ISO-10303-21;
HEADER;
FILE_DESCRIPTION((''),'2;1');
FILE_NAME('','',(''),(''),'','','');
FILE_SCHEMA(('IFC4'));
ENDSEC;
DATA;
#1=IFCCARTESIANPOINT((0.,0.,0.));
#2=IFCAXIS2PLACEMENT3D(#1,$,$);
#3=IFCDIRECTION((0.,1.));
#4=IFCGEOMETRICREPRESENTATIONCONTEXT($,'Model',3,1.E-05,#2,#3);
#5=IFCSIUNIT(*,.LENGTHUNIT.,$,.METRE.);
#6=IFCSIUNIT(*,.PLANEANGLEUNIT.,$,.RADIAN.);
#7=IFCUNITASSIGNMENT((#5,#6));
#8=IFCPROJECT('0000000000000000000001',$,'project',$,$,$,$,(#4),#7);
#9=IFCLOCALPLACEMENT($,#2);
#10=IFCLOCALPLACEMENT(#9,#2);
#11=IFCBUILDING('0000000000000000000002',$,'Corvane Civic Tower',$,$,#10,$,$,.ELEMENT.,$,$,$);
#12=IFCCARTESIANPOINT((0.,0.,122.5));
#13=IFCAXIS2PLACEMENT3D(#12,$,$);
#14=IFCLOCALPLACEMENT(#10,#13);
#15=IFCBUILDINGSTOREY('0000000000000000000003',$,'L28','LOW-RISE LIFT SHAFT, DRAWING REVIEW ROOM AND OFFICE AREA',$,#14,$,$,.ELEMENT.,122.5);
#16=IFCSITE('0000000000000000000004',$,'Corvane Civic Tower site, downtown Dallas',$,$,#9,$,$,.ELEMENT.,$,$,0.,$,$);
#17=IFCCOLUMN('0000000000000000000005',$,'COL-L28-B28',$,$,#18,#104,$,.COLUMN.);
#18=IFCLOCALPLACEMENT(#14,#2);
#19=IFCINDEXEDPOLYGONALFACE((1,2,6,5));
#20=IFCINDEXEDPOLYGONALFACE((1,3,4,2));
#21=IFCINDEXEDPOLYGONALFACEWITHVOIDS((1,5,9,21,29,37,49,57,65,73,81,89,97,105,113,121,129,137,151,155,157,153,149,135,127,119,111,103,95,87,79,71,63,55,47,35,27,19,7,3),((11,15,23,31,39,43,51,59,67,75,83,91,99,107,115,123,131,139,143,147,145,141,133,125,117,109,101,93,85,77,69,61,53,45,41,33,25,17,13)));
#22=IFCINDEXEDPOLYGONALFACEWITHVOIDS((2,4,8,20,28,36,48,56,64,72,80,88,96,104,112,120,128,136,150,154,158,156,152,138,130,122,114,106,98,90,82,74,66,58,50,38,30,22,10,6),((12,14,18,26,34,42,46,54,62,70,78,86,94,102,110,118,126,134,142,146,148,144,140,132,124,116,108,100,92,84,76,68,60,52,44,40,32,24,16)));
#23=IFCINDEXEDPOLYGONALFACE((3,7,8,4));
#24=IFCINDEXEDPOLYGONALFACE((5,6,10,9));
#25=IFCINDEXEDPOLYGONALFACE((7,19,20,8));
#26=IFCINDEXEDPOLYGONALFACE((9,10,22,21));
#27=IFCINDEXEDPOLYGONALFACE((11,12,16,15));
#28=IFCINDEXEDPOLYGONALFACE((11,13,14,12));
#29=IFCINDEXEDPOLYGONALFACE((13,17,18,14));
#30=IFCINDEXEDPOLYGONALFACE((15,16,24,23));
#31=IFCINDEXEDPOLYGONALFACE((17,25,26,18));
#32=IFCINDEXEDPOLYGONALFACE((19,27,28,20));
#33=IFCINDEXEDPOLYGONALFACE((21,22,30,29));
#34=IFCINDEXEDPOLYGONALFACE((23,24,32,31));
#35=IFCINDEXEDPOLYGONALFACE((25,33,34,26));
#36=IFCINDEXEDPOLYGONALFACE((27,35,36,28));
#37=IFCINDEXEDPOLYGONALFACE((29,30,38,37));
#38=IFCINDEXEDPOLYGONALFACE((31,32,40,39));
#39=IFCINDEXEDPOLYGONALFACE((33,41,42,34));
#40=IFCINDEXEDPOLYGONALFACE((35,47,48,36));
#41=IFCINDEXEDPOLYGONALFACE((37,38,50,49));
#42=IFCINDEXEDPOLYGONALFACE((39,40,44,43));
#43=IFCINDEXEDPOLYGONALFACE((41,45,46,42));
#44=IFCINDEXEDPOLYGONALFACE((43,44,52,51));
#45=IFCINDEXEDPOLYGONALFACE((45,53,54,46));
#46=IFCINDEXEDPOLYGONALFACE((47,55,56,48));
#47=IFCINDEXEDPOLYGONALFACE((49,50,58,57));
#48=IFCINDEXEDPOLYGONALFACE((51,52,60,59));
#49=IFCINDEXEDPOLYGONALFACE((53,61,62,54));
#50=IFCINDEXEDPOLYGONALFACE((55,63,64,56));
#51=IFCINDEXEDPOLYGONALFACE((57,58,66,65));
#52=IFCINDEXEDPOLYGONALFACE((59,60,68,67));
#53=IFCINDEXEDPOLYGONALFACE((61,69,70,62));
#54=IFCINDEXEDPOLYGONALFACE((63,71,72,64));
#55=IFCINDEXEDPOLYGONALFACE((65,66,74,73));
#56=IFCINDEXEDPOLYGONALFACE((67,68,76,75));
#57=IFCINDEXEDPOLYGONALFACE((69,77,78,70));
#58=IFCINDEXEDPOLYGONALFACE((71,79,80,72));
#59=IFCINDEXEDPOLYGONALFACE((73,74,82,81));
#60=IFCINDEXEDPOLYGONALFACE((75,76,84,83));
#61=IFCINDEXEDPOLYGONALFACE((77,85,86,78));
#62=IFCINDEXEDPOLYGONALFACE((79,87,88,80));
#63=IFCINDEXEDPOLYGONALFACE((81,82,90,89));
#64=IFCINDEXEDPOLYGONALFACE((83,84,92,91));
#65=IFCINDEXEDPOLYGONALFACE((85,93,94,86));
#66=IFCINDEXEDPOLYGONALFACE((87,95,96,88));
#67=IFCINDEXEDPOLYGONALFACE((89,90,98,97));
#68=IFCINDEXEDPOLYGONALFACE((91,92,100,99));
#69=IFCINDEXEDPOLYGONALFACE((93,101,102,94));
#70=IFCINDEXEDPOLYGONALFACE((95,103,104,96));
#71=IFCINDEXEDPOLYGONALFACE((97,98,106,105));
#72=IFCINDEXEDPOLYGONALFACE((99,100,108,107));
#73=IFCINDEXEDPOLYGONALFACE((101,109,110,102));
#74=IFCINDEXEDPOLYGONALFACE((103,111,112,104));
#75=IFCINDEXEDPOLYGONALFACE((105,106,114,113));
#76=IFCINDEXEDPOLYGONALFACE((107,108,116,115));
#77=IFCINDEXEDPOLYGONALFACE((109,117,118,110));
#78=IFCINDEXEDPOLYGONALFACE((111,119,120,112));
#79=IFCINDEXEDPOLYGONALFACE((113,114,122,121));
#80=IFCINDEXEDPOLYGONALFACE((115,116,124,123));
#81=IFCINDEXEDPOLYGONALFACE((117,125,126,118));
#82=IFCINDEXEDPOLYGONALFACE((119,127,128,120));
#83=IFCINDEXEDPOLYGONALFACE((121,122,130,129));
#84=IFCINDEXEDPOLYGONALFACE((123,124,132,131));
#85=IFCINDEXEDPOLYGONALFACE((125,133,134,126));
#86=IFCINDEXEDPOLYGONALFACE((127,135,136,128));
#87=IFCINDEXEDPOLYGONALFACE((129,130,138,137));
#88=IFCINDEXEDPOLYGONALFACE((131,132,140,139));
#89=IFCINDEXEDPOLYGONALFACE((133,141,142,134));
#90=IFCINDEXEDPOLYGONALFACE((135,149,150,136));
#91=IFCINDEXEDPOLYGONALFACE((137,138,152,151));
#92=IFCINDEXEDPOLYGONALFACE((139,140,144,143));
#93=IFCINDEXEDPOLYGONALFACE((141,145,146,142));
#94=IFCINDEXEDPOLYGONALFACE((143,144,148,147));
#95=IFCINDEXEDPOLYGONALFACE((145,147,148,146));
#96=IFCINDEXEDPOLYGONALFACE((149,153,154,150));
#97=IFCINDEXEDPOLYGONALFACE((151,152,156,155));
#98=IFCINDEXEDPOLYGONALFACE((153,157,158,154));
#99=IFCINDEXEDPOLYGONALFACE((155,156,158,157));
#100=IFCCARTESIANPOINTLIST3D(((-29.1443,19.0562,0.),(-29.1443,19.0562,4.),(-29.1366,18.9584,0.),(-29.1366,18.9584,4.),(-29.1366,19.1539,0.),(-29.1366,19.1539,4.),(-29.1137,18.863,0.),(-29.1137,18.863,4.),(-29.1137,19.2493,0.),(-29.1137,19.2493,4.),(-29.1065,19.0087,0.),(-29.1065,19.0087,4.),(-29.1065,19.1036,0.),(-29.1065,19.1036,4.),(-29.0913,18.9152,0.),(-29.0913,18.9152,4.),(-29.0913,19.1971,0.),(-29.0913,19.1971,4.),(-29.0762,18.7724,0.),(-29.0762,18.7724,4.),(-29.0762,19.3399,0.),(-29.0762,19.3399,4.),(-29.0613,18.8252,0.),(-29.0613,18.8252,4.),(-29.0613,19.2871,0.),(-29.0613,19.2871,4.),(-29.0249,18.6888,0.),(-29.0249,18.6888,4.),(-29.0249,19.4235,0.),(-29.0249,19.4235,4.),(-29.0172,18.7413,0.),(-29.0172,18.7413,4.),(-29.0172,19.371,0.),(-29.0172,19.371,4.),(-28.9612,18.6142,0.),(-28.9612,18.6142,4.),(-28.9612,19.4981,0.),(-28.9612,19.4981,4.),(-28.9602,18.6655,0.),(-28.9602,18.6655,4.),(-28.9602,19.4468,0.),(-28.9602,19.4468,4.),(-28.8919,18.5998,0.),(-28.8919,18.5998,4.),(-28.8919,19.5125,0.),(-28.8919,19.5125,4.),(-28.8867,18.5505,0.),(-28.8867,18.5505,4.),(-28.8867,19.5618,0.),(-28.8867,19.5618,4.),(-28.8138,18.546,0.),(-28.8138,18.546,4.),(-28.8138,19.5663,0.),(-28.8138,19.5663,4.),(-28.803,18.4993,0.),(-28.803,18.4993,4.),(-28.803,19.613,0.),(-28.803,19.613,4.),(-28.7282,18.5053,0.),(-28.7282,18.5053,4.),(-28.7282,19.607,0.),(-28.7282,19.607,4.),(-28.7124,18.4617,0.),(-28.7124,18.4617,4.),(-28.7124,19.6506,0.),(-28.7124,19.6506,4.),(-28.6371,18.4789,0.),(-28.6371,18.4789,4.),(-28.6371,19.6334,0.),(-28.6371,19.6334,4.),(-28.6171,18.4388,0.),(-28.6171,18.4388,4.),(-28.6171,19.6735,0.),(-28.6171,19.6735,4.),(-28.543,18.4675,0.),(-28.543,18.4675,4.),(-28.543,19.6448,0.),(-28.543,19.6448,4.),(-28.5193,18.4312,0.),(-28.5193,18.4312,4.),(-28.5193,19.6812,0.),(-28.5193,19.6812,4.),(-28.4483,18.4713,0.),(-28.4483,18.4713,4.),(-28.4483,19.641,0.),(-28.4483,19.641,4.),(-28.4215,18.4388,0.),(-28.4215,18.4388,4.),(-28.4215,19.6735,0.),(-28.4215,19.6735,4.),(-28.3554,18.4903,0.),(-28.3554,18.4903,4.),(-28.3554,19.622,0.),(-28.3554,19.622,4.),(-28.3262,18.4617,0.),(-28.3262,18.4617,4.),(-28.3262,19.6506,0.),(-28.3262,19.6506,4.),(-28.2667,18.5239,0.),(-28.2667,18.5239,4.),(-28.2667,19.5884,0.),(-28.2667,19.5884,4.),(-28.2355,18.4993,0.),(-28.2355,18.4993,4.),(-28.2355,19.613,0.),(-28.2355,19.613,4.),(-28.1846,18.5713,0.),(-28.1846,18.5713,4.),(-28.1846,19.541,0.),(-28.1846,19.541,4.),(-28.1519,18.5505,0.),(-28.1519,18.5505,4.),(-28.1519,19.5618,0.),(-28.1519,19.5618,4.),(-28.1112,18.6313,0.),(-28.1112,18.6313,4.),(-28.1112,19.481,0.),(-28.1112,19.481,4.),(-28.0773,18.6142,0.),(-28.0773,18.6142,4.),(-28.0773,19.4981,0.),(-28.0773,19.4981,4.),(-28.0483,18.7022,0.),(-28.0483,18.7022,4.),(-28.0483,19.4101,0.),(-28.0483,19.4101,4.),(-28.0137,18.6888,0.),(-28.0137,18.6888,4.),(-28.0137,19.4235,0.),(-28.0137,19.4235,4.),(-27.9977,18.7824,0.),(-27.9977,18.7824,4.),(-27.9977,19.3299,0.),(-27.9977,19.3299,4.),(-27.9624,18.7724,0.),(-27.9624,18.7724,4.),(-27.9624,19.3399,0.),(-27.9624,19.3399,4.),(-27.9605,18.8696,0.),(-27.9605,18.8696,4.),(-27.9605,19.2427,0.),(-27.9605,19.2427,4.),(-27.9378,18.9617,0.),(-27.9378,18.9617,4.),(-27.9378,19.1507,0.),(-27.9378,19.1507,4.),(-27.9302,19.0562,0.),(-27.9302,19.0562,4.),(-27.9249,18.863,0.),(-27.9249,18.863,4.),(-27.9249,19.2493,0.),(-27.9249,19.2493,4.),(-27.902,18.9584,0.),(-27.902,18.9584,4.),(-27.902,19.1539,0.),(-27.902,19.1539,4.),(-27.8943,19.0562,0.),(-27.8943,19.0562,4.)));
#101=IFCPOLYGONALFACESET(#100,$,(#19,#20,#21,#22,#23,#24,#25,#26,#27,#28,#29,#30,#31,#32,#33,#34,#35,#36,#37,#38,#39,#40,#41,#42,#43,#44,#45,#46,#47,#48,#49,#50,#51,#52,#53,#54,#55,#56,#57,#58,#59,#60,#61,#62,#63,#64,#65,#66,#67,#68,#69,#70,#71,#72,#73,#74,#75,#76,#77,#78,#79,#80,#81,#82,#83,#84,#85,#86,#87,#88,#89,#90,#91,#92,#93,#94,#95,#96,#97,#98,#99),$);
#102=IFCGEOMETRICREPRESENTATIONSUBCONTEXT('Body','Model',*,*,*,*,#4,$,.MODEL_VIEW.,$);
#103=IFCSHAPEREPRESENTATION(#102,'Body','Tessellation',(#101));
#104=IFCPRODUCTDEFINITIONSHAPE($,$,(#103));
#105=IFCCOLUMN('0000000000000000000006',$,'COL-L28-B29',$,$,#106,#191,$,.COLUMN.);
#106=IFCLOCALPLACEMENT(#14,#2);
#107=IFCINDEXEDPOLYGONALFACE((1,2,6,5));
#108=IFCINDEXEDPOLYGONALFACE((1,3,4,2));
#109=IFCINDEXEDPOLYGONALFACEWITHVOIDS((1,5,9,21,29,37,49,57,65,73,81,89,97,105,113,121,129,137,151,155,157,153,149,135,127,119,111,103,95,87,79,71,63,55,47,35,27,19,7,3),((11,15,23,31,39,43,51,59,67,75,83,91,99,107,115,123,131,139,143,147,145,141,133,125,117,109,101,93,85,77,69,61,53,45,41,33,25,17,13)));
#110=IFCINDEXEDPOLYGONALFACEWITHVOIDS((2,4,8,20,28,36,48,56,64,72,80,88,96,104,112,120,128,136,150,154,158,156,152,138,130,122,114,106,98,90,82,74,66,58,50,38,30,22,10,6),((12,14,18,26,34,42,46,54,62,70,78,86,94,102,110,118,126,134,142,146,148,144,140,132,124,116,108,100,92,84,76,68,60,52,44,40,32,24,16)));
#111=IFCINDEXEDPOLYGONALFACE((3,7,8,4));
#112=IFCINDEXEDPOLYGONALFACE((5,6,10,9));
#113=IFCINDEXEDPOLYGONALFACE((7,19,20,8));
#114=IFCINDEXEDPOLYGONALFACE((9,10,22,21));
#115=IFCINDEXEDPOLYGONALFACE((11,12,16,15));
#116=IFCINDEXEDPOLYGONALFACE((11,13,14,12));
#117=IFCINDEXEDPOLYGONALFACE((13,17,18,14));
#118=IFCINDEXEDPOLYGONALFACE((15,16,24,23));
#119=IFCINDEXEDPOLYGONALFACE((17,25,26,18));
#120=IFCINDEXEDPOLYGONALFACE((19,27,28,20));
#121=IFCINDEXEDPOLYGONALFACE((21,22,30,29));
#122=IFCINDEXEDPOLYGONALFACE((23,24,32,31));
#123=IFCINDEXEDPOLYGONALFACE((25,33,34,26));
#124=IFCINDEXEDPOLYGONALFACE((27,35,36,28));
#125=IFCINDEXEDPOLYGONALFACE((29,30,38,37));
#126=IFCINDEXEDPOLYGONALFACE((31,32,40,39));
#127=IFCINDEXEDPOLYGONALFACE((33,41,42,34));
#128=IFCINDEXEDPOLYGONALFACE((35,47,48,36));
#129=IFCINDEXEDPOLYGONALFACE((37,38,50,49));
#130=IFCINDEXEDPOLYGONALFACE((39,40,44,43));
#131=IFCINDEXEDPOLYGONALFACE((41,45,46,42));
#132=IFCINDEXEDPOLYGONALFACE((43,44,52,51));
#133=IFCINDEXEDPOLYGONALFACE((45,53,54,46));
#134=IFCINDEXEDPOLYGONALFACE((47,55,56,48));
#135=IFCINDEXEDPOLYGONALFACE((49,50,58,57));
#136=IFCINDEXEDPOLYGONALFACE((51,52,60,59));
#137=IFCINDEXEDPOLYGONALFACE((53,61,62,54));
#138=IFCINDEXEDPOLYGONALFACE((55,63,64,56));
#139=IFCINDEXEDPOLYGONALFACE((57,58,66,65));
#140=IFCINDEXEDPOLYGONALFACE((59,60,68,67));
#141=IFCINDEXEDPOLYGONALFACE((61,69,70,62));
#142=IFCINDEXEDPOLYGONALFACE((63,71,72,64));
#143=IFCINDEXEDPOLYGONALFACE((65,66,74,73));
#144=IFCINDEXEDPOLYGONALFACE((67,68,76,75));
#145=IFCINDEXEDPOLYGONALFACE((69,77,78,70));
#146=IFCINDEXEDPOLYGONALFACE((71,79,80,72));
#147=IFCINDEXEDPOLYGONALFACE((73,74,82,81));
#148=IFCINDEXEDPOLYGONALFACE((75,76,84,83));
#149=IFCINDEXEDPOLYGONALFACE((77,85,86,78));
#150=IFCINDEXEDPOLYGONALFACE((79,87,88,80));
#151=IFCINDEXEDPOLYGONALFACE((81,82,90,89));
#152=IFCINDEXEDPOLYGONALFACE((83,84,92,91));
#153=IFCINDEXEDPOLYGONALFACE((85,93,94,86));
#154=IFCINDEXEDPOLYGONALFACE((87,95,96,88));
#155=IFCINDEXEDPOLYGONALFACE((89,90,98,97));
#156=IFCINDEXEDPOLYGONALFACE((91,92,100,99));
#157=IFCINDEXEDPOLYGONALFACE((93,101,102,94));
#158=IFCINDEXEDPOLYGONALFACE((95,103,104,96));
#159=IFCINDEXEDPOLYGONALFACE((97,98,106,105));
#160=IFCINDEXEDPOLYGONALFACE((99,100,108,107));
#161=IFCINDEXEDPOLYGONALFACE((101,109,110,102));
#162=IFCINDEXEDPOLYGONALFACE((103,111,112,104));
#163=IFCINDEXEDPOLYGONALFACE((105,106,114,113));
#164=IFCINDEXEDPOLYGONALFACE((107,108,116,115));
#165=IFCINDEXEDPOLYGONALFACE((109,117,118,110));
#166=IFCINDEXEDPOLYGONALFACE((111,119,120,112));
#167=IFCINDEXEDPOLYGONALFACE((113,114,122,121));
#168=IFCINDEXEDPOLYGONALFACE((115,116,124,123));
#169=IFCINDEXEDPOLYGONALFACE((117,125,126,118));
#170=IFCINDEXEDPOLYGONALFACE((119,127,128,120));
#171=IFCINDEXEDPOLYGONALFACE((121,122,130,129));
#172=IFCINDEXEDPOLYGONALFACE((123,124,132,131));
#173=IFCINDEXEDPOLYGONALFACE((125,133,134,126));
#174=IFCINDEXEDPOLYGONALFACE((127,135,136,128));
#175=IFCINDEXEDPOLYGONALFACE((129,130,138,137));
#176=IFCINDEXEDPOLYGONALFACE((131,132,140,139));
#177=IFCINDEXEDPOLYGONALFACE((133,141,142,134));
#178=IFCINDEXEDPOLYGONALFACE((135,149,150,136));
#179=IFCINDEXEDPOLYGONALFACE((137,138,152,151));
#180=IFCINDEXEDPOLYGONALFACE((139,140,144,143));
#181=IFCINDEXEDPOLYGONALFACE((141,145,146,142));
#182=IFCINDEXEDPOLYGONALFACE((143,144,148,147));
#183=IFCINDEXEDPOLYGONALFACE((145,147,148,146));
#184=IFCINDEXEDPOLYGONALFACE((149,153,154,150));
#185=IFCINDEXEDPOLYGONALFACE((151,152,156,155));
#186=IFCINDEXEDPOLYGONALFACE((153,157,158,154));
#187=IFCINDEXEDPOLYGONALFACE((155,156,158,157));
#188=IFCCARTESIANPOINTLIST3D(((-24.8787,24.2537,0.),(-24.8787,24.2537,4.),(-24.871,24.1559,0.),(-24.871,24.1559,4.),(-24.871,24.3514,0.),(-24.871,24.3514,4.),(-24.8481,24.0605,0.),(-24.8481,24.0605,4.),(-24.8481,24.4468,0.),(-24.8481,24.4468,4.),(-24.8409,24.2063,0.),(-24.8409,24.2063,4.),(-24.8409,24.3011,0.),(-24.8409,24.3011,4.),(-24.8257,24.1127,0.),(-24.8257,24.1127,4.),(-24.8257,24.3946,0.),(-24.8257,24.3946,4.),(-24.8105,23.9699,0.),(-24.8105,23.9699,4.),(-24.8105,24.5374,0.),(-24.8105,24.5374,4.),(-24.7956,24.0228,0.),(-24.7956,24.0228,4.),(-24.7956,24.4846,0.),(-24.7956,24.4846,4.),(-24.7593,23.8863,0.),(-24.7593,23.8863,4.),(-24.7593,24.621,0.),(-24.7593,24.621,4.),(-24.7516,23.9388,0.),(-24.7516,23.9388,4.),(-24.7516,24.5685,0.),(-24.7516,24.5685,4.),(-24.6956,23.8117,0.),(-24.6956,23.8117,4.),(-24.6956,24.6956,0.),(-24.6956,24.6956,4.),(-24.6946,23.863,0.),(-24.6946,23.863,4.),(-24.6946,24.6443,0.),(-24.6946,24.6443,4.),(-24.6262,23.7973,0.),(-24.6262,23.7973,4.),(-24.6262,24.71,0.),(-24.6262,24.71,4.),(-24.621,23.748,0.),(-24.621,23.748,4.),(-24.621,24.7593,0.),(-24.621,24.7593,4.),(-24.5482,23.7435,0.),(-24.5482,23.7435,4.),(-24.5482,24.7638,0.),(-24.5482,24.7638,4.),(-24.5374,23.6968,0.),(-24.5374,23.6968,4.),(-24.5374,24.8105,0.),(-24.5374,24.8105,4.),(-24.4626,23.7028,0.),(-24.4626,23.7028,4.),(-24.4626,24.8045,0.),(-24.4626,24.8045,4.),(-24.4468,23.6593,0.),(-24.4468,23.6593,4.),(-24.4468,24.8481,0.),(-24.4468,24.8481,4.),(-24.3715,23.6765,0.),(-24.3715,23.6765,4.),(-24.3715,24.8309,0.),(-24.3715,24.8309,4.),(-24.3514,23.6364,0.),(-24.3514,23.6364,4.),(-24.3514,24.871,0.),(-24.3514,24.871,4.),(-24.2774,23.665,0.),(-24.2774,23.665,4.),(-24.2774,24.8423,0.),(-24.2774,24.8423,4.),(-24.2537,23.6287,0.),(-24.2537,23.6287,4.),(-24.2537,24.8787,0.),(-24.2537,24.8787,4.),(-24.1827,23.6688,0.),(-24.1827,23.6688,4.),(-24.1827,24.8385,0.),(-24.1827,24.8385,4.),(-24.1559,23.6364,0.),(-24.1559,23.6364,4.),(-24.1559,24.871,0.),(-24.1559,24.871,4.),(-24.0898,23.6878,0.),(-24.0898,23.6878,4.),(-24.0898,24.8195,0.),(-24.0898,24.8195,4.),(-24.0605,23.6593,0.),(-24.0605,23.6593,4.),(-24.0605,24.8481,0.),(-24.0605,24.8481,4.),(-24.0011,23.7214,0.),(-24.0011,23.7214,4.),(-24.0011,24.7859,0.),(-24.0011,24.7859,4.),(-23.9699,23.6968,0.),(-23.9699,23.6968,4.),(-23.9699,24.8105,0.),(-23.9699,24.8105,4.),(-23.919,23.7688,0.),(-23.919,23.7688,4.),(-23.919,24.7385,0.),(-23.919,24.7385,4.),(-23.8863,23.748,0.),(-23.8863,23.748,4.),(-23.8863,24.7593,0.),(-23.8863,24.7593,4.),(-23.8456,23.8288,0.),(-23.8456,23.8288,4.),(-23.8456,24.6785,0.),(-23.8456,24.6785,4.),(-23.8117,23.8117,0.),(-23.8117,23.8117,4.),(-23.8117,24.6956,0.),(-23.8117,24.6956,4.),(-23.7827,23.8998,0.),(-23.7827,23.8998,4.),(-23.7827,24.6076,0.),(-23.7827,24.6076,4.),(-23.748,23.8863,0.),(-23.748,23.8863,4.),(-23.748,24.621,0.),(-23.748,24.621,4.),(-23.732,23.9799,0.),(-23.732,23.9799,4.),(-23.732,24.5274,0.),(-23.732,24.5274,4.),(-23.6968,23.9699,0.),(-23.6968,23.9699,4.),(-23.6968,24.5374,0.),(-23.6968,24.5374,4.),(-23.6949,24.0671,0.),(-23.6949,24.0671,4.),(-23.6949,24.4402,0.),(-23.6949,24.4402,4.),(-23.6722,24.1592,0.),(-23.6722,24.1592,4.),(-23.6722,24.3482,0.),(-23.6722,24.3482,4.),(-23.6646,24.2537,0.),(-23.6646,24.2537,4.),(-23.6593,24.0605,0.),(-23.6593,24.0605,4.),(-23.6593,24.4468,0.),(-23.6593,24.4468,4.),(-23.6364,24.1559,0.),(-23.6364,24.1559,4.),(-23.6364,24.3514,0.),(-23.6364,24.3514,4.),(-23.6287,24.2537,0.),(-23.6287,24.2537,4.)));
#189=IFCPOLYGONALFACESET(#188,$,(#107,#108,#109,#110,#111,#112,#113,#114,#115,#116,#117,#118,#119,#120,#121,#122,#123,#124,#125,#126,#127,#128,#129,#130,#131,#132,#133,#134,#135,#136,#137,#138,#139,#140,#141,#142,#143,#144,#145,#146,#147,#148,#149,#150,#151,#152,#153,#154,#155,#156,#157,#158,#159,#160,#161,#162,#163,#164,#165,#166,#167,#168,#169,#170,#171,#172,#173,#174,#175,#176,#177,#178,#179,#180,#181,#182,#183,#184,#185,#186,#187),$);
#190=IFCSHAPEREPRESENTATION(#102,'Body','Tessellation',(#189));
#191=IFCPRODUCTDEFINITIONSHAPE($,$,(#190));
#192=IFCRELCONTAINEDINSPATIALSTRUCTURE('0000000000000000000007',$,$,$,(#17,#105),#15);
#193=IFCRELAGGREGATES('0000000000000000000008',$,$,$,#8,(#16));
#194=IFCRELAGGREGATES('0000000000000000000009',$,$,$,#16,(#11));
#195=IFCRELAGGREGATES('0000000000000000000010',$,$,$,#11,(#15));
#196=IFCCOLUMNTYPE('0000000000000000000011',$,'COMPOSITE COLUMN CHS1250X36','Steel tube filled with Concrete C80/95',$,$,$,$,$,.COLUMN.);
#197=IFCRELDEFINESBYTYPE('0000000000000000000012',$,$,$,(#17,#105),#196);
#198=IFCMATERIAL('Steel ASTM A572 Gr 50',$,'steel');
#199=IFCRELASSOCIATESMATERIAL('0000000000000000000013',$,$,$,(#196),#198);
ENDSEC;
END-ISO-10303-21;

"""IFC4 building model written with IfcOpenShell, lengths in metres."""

from ifc_helpers import new_model, si_unit, direction, frame, origin, origin_2d, place, context, subcontext, project, spatial, hollow_circle, extrude, material, material_profile, profile_set, type_object, element, save


model = new_model("IFC4")

# Units and contexts
model_context = context("Model", 3, precision=1e-05, world=origin(), true_north=direction((0.0, 1.0)))
body_context = subcontext(model_context, "Body", "Model", "MODEL_VIEW")
ifc_project = project(units=[si_unit("LENGTHUNIT", "METRE"), si_unit("PLANEANGLEUNIT", "RADIAN")], contexts=[model_context])

# Site, building, storey
site_placement = place(None, origin())
site = spatial("IfcSite", under=ifc_project, at=site_placement, Name="Corvane Civic Tower site, downtown Dallas", CompositionType="ELEMENT", RefElevation=0.0)
building_placement = place(site_placement, origin())
building = spatial("IfcBuilding", under=site, at=building_placement, Name="Corvane Civic Tower", CompositionType="ELEMENT")
storey_placement = place(building_placement, frame((0.0, 0.0, 122.5)))
storey = spatial("IfcBuildingStorey", under=building, at=storey_placement, Name="L28", Description="LOW-RISE LIFT SHAFT, DRAWING REVIEW ROOM AND OFFICE AREA", CompositionType="ELEMENT", Elevation=122.5)

# Columns
ifc_material_1 = material(Name="Steel ASTM A572 Gr 50", Category="steel")
ifc_material_profile_1 = material_profile(ifc_material_1, hollow_circle(Radius=0.625, WallThickness=0.0359, at=origin_2d()), Name="CHS1250X36")
ifc_profile_set_1 = profile_set([ifc_material_profile_1], Name="Steel ASTM A572 Gr 50")
column_type = type_object("IfcColumnType", Name="COMPOSITE COLUMN CHS1250X36", Description="Steel tube filled with Concrete C80/95", PredefinedType="COLUMN", material=ifc_profile_set_1)
for number, where, z_axis, x_axis, name in (
    (1, (-28.5193, 19.0562, 0.0), (0.0, 0.0, 1.0), (1.0, 0.0, 0.0), "COL-L28-B28"),
    (2, (-24.2537, 24.2537, 0.0), (0.0, 0.0, 1.0), (1.0, 0.0, 0.0), "COL-L28-B29"),
):
    element("IfcColumn", number, at=place(storey_placement, frame(where, z_axis=z_axis, x_axis=x_axis)), inside=storey, type_object=column_type, Name=name, PredefinedType="COLUMN", context=body_context, shape_type="SweptSolid", body=[
        extrude(hollow_circle(Radius=0.625, WallThickness=0.0359, at=origin_2d()), origin(), (0.0, 0.0, 1.0), 4.0),
    ])

save(model, "model.ifc")
